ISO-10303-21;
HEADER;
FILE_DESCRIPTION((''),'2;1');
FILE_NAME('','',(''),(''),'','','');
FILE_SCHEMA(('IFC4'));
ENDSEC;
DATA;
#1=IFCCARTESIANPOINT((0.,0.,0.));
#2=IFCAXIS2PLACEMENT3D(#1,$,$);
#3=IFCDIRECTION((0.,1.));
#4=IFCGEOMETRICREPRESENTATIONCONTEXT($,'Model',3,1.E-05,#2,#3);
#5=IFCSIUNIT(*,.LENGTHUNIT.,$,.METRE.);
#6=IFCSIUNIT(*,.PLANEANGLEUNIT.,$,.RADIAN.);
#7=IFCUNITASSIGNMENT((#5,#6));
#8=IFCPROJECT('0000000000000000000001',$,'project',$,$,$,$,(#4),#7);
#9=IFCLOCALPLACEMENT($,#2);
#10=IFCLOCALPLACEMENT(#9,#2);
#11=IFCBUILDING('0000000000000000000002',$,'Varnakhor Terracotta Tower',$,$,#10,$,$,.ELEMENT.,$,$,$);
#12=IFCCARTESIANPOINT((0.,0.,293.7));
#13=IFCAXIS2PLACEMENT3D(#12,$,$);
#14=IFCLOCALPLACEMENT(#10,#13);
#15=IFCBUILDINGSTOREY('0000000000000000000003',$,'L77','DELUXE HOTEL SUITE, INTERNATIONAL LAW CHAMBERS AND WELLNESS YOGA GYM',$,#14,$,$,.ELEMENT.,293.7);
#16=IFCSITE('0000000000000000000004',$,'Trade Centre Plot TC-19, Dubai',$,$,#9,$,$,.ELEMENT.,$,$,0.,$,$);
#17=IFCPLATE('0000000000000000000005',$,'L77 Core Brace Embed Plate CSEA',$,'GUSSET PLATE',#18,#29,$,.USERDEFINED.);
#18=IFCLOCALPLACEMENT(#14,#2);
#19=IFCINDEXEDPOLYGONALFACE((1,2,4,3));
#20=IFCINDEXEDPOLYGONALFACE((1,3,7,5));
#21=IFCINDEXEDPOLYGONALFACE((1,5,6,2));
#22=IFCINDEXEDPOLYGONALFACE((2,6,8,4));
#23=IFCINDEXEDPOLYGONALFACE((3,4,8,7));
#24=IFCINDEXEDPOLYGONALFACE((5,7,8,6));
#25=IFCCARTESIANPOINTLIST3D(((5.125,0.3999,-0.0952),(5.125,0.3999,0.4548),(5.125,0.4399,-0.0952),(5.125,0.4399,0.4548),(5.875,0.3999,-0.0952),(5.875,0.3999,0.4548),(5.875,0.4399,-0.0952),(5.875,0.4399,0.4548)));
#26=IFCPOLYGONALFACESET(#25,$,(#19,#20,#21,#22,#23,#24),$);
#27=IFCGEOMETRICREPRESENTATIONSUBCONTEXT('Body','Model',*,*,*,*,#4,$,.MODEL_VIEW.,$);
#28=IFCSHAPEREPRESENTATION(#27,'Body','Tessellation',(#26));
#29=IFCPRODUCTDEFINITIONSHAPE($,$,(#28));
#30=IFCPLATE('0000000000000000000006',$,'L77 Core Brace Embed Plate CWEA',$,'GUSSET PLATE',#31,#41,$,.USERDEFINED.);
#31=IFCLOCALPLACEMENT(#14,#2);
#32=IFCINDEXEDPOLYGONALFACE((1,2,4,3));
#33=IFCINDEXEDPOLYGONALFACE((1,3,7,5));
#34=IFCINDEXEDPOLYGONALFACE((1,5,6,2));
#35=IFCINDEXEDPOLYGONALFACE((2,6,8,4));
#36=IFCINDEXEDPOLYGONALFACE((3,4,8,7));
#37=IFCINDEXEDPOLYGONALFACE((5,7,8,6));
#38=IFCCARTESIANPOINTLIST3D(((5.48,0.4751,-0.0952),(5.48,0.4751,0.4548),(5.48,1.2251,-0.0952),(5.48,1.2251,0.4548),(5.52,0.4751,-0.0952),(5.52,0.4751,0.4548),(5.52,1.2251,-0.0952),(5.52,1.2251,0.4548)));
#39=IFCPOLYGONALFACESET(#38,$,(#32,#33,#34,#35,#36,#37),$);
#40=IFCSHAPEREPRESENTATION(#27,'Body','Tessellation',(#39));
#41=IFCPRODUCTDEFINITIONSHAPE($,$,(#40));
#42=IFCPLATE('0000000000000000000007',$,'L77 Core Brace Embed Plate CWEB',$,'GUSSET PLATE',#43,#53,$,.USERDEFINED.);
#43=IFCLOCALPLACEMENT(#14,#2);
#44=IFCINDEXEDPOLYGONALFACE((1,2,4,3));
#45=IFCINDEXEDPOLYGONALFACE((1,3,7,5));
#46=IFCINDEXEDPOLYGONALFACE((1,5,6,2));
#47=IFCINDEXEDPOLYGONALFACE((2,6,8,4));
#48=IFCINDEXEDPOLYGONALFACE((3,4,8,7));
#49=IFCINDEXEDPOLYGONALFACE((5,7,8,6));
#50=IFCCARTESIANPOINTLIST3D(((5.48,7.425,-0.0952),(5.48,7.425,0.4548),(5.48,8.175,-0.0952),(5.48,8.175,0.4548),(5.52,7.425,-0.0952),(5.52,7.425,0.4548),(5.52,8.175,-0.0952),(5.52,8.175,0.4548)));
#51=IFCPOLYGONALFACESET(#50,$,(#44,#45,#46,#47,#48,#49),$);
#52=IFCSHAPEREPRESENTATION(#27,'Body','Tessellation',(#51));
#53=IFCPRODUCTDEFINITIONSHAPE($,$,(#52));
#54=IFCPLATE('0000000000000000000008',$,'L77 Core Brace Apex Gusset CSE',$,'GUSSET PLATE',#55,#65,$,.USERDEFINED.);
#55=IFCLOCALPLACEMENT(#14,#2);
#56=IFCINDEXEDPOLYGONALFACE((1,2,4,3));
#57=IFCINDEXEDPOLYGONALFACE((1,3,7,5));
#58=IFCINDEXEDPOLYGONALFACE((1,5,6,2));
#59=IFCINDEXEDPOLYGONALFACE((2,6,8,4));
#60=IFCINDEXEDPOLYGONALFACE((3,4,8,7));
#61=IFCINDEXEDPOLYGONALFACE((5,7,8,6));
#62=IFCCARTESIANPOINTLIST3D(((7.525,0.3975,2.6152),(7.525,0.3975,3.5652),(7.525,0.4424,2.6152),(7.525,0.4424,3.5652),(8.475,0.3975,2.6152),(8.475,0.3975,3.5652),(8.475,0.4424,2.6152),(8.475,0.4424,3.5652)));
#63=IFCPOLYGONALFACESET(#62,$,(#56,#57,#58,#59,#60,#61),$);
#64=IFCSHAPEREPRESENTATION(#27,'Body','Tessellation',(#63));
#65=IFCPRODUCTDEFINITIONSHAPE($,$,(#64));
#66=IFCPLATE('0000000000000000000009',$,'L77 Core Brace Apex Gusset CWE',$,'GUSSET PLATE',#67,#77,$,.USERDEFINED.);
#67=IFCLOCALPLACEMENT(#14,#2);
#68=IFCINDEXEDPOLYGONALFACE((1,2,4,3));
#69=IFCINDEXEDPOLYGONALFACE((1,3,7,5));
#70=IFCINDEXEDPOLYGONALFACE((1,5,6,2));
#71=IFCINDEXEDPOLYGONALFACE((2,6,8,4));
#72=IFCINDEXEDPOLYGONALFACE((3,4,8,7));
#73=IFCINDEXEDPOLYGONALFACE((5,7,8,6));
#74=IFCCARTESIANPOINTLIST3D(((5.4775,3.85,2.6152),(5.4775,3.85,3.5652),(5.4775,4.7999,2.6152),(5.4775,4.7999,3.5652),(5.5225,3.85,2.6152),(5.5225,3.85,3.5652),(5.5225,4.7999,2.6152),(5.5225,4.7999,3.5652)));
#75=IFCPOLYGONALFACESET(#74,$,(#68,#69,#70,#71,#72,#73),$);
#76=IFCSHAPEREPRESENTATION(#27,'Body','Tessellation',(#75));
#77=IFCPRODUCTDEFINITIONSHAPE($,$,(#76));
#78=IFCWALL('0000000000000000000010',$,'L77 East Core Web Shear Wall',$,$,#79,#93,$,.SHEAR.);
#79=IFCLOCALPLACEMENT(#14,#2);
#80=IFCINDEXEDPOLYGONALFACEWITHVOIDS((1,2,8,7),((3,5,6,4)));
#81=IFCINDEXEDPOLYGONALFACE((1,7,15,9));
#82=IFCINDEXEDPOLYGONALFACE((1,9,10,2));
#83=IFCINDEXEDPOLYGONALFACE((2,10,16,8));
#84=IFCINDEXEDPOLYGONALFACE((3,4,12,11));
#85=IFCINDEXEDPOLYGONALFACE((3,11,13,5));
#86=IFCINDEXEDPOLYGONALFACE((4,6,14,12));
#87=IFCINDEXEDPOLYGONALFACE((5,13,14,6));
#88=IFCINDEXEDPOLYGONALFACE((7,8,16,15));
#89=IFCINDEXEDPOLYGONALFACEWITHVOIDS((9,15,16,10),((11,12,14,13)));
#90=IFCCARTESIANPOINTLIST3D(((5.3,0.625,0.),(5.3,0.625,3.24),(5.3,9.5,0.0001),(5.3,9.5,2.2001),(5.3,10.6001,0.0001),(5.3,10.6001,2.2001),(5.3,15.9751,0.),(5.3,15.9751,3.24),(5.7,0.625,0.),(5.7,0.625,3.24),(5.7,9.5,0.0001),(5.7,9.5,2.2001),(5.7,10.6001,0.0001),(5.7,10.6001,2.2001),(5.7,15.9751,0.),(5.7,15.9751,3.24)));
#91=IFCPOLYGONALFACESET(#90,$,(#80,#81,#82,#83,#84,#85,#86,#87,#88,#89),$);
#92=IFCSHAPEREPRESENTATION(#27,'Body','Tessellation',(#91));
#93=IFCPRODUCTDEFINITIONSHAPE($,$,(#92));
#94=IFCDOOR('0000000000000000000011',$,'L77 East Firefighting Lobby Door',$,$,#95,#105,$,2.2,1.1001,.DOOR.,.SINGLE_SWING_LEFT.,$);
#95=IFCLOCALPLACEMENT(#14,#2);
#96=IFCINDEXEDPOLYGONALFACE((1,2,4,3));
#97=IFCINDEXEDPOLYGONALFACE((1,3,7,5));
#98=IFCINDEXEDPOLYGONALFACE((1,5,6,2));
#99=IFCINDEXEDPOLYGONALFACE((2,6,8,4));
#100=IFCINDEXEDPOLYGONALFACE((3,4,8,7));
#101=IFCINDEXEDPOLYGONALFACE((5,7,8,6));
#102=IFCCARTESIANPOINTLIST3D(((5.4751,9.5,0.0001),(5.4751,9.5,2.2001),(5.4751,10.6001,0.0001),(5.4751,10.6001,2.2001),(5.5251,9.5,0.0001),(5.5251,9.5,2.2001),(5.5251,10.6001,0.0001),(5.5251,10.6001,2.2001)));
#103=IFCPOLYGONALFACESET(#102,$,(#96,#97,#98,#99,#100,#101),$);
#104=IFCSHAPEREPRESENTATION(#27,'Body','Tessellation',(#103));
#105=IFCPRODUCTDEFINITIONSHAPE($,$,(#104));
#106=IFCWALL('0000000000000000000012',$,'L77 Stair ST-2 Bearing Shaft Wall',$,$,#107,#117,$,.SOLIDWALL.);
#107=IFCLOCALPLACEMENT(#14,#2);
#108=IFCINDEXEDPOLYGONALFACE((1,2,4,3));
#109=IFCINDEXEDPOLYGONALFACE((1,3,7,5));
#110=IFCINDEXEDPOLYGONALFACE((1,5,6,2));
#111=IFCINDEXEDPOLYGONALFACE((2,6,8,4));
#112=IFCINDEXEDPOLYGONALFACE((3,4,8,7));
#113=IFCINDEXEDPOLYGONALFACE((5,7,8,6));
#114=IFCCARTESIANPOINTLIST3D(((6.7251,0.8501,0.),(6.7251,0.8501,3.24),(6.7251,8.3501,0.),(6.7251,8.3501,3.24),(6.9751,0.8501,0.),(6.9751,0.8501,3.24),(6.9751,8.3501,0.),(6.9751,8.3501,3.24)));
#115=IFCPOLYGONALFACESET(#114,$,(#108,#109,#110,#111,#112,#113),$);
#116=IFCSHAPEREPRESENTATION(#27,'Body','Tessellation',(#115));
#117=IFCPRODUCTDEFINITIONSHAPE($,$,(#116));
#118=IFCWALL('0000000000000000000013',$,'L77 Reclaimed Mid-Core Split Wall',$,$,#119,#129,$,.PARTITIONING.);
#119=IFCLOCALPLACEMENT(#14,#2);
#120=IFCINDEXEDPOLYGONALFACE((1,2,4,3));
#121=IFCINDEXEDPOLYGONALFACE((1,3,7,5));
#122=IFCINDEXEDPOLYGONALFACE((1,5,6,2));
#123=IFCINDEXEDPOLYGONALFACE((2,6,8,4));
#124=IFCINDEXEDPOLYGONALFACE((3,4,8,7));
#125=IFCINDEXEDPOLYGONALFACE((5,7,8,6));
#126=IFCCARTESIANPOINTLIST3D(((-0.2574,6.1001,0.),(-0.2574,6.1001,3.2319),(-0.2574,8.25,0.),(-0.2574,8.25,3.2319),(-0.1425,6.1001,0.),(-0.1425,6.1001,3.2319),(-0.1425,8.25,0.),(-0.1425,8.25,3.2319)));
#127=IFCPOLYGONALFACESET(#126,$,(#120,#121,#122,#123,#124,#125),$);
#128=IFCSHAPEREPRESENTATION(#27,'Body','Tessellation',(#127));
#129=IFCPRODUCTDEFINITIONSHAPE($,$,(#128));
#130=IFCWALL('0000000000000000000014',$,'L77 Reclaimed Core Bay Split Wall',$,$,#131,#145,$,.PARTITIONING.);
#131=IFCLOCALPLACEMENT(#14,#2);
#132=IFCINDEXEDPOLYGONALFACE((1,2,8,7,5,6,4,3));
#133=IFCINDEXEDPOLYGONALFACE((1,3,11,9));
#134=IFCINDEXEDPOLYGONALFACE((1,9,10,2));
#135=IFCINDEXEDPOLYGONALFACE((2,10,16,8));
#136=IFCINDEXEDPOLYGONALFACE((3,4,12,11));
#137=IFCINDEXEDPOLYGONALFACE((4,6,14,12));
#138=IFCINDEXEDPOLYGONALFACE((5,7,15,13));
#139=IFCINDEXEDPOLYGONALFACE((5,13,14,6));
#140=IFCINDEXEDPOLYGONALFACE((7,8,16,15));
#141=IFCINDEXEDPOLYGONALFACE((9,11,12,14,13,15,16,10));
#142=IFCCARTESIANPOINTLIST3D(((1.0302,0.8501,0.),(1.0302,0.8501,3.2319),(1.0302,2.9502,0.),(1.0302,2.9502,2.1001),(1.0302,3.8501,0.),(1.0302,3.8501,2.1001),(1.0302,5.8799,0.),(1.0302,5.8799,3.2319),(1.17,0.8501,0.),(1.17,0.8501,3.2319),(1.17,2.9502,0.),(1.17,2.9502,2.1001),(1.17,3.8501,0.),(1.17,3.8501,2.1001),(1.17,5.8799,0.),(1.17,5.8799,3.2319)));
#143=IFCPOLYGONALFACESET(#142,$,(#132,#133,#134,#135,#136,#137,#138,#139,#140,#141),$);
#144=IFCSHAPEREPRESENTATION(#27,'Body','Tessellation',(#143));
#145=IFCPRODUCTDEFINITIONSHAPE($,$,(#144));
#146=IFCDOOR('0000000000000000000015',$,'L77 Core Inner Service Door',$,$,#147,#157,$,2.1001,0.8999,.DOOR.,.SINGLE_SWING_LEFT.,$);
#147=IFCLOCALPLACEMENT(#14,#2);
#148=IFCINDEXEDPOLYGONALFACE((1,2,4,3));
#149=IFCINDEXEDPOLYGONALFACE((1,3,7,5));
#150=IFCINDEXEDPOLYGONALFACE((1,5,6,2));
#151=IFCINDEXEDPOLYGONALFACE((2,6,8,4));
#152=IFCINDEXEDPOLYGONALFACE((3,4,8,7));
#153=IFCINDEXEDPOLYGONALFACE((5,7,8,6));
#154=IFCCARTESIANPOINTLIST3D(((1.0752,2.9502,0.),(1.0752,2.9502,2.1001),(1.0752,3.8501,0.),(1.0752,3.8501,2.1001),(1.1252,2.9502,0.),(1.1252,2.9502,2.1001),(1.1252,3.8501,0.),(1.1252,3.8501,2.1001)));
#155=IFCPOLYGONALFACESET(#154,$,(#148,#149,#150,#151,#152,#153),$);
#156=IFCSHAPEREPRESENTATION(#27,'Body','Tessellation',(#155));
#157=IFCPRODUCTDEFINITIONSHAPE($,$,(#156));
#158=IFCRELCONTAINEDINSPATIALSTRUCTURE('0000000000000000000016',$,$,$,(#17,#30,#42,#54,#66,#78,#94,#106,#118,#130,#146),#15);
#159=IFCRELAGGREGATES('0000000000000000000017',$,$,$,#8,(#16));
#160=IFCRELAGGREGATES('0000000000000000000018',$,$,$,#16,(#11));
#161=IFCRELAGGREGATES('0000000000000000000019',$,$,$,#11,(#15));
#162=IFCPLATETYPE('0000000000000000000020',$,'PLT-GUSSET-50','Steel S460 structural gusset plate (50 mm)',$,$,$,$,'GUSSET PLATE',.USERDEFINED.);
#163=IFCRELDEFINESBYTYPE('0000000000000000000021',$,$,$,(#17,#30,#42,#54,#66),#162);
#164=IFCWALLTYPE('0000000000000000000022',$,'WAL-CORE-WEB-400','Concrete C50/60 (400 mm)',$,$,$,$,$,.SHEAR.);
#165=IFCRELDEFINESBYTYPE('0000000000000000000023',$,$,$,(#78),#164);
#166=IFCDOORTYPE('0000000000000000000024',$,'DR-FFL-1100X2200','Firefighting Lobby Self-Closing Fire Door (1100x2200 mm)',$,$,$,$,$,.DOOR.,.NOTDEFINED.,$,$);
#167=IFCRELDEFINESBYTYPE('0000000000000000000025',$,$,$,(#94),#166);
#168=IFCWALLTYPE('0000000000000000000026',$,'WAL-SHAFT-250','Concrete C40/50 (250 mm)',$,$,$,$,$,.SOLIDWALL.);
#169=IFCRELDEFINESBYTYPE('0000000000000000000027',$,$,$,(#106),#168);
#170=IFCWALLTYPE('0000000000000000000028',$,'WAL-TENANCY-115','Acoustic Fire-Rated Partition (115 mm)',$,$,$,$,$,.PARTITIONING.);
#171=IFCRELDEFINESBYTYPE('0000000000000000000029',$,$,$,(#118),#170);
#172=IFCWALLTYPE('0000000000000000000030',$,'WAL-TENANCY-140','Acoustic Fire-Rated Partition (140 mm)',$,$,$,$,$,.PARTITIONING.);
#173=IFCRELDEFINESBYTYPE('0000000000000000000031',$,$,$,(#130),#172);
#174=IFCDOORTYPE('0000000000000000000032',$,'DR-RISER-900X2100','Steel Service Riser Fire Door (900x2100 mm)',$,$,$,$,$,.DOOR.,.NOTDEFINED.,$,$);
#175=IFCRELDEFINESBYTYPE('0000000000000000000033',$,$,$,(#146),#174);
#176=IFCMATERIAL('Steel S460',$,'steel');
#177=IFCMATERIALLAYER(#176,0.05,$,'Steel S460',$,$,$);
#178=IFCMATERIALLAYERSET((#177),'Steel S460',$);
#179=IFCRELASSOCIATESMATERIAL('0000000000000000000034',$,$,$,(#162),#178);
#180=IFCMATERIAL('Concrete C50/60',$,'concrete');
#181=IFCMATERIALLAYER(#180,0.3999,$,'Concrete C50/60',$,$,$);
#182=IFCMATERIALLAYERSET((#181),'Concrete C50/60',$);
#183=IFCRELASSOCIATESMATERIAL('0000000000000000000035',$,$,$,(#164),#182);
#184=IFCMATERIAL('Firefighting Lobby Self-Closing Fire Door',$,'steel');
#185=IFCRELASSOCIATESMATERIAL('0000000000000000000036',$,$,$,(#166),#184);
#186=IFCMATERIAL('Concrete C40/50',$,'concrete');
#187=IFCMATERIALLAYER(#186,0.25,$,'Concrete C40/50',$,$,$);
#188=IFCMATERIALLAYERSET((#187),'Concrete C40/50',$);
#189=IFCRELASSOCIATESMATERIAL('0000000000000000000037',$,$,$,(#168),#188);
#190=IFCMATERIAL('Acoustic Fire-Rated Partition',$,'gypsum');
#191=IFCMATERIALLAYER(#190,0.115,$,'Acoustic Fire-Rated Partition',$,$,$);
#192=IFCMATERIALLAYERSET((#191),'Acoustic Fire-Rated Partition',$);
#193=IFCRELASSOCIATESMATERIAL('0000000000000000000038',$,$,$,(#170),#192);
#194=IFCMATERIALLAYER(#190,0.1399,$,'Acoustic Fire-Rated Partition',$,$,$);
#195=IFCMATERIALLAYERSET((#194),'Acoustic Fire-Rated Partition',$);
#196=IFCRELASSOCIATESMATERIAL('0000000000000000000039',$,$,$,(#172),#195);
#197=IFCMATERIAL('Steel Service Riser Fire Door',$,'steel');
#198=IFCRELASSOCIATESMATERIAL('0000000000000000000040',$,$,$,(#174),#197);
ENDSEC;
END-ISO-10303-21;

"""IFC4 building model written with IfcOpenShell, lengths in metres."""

from ifc_helpers import new_model, si_unit, direction, frame, frame_2d, origin, origin_2d, place, context, subcontext, project, spatial, rectangle, extrude, source, transform, mapped, material, layer, layer_set, type_object, type_shapes, element, fill, save


model = new_model("IFC4")

# Units and contexts
model_context = context("Model", 3, precision=1e-05, world=origin(), true_north=direction((0.0, 1.0)))
body_context = subcontext(model_context, "Body", "Model", "MODEL_VIEW")
ifc_project = project(units=[si_unit("LENGTHUNIT", "METRE"), si_unit("PLANEANGLEUNIT", "RADIAN")], contexts=[model_context])

# Site, building, storey
site_placement = place(None, origin())
site = spatial("IfcSite", under=ifc_project, at=site_placement, Name="Trade Centre Plot TC-19, Dubai", CompositionType="ELEMENT", RefElevation=0.0)
building_placement = place(site_placement, origin())
building = spatial("IfcBuilding", under=site, at=building_placement, Name="Varnakhor Terracotta Tower", CompositionType="ELEMENT")
storey_placement = place(building_placement, frame((0.0, 0.0, 293.7)))
storey = spatial("IfcBuildingStorey", under=building, at=storey_placement, Name="L77", Description="DELUXE HOTEL SUITE, INTERNATIONAL LAW CHAMBERS AND WELLNESS YOGA GYM", CompositionType="ELEMENT", Elevation=293.7)

# Shared definitions
ifc_material_1 = material(Name="Concrete C50/60", Category="concrete")

# Shared definitions
ifc_material_2 = material(Name="Concrete C40/50", Category="concrete")

# Plates
ifc_material_3 = material(Name="Steel S460", Category="steel")
ifc_layer_1 = layer(ifc_material_3, 0.05, Name="Steel S460")
ifc_layer_set_1 = layer_set([ifc_layer_1], Name="Steel S460")
plate_type = type_object("IfcPlateType", Name="PLT-GUSSET-50", Description="Steel S460 structural gusset plate (50 mm)", ElementType="GUSSET PLATE", PredefinedType="USERDEFINED", material=ifc_layer_set_1)
shared_shape_1 = source(origin(), body_context, "Body", "SweptSolid", [
    extrude(rectangle(XDim=0.75, YDim=0.04, at=origin_2d()), origin(), (0.0, 0.0, 1.0), 0.55),
])
type_shapes(plate_type, [shared_shape_1])
for number, where, z_axis, x_axis, name in (
    (1, (5.5, 0.4199, -0.0952), (0.0, 0.0, 1.0), (1.0, 0.0, 0.0), "L77 Core Brace Embed Plate CSEA"),
    (2, (5.5, 0.8501, -0.0952), (0.0, 0.0, 1.0), (0.0, 1.0, 0.0), "L77 Core Brace Embed Plate CWEA"),
    (3, (5.5, 7.8, -0.0952), (0.0, 0.0, 1.0), (0.0, 1.0, 0.0), "L77 Core Brace Embed Plate CWEB"),
):
    element("IfcPlate", number, at=place(storey_placement, frame(where, z_axis=z_axis, x_axis=x_axis)), inside=storey, type_object=plate_type, Name=name, ObjectType="GUSSET PLATE", PredefinedType="USERDEFINED", context=body_context, shape_type="MappedRepresentation", body=[
        mapped(shared_shape_1, transform((0.0, 0.0, 0.0), scale=1.0)),
    ])
shared_shape_2 = source(origin(), body_context, "Body", "SweptSolid", [
    extrude(rectangle(XDim=0.95, YDim=0.0449, at=origin_2d()), origin(), (0.0, 0.0, 1.0), 0.95),
])
for number, where, z_axis, x_axis, name in (
    (4, (8.0, 0.4199, 2.6152), (0.0, 0.0, 1.0), (1.0, 0.0, 0.0), "L77 Core Brace Apex Gusset CSE"),
    (5, (5.5, 4.325, 2.6152), (0.0, 0.0, 1.0), (0.0, 1.0, 0.0), "L77 Core Brace Apex Gusset CWE"),
):
    element("IfcPlate", number, at=place(storey_placement, frame(where, z_axis=z_axis, x_axis=x_axis)), inside=storey, type_object=plate_type, Name=name, ObjectType="GUSSET PLATE", PredefinedType="USERDEFINED", context=body_context, shape_type="MappedRepresentation", body=[
        mapped(shared_shape_2, transform((0.0, 0.0, 0.0), scale=1.0)),
    ])

# Wall, opening, door
ifc_layer_2 = layer(ifc_material_1, 0.3999, Name="Concrete C50/60")
ifc_layer_set_2 = layer_set([ifc_layer_2], Name="Concrete C50/60")
wall_type_1 = type_object("IfcWallType", Name="WAL-CORE-WEB-400", Description="Concrete C50/60 (400 mm)", PredefinedType="SHEAR", material=ifc_layer_set_2)
wall_1_placement = place(storey_placement, frame((5.5, 0.625, 0.0), z_axis=(0.0, 0.0, 1.0), x_axis=(0.0, 1.0, 0.0)))
wall_1 = element("IfcWall", 6, at=wall_1_placement, inside=storey, type_object=wall_type_1, Name="L77 East Core Web Shear Wall", PredefinedType="SHEAR", context=body_context, shape_type="SweptSolid", body=[
    extrude(rectangle(XDim=15.3501, YDim=0.3999, at=frame_2d((7.675, 0.0))), origin(), (0.0, 0.0, 1.0), 3.24),
])
opening_1_placement = place(wall_1_placement, frame((8.875, 0.0, 0.0)))
opening_1 = element("IfcOpeningElement", 7, at=opening_1_placement, cuts=wall_1, PredefinedType="OPENING", context=body_context, shape_type="SweptSolid", body=[
    extrude(rectangle(XDim=1.1001, YDim=2.2, at=frame_2d((0.55, 1.1001))), frame((0.0, 0.21, 0.0), z_axis=(0.0, -1.0, 0.0), x_axis=(1.0, 0.0, 0.0)), (0.0, 0.0, 1.0), 0.4199),
])
ifc_material_4 = material(Name="Firefighting Lobby Self-Closing Fire Door", Category="steel")
door_type_1 = type_object("IfcDoorType", Name="DR-FFL-1100X2200", Description="Firefighting Lobby Self-Closing Fire Door (1100x2200 mm)", OperationType="NOTDEFINED", PredefinedType="DOOR", material=ifc_material_4)
shared_shape_3 = source(origin(), body_context, "Body", "SweptSolid", [
    extrude(rectangle(XDim=1.1001, YDim=2.2, at=frame_2d((0.55, 1.1001))), frame((0.0, 0.0249, 0.0), z_axis=(0.0, -1.0, 0.0), x_axis=(1.0, 0.0, 0.0)), (0.0, 0.0, 1.0), 0.05),
])
type_shapes(door_type_1, [shared_shape_3])
door_1_placement = place(opening_1_placement, origin())
door_1 = element("IfcDoor", 8, at=door_1_placement, inside=storey, type_object=door_type_1, Name="L77 East Firefighting Lobby Door", OperationType="SINGLE_SWING_LEFT", OverallHeight=2.2, OverallWidth=1.1001, PredefinedType="DOOR", context=body_context, shape_type="MappedRepresentation", body=[
    mapped(shared_shape_3, transform((0.0, 0.0, 0.0), scale=1.0)),
])
fill(opening_1, door_1)

# Walls
ifc_layer_3 = layer(ifc_material_2, 0.25, Name="Concrete C40/50")
ifc_layer_set_3 = layer_set([ifc_layer_3], Name="Concrete C40/50")
wall_type_2 = type_object("IfcWallType", Name="WAL-SHAFT-250", Description="Concrete C40/50 (250 mm)", PredefinedType="SOLIDWALL", material=ifc_layer_set_3)
wall_2_placement = place(storey_placement, frame((6.8501, 0.8501, 0.0), z_axis=(0.0, 0.0, 1.0), x_axis=(0.0, 1.0, 0.0)))
element("IfcWall", 9, at=wall_2_placement, inside=storey, type_object=wall_type_2, Name="L77 Stair ST-2 Bearing Shaft Wall", PredefinedType="SOLIDWALL", context=body_context, shape_type="SweptSolid", body=[
    extrude(rectangle(XDim=7.5, YDim=0.25, at=frame_2d((3.75, 0.0))), origin(), (0.0, 0.0, 1.0), 3.24),
])
ifc_material_5 = material(Name="Acoustic Fire-Rated Partition", Category="gypsum")
ifc_layer_4 = layer(ifc_material_5, 0.115, Name="Acoustic Fire-Rated Partition")
ifc_layer_set_4 = layer_set([ifc_layer_4], Name="Acoustic Fire-Rated Partition")
wall_type_3 = type_object("IfcWallType", Name="WAL-TENANCY-115", Description="Acoustic Fire-Rated Partition (115 mm)", PredefinedType="PARTITIONING", material=ifc_layer_set_4)
wall_3_placement = place(storey_placement, frame((-0.2, 6.1001, 0.0), z_axis=(0.0, 0.0, 1.0), x_axis=(0.0, 1.0, 0.0)))
element("IfcWall", 10, at=wall_3_placement, inside=storey, type_object=wall_type_3, Name="L77 Reclaimed Mid-Core Split Wall", PredefinedType="PARTITIONING", context=body_context, shape_type="SweptSolid", body=[
    extrude(rectangle(XDim=2.1499, YDim=0.115, at=frame_2d((1.075, 0.0))), origin(), (0.0, 0.0, 1.0), 3.2319),
])

# Wall, opening, door
ifc_layer_5 = layer(ifc_material_5, 0.1399, Name="Acoustic Fire-Rated Partition")
ifc_layer_set_5 = layer_set([ifc_layer_5], Name="Acoustic Fire-Rated Partition")
wall_type_4 = type_object("IfcWallType", Name="WAL-TENANCY-140", Description="Acoustic Fire-Rated Partition (140 mm)", PredefinedType="PARTITIONING", material=ifc_layer_set_5)
wall_4_placement = place(storey_placement, frame((1.1001, 0.8501, 0.0), z_axis=(0.0, 0.0, 1.0), x_axis=(0.0, 1.0, 0.0)))
wall_4 = element("IfcWall", 11, at=wall_4_placement, inside=storey, type_object=wall_type_4, Name="L77 Reclaimed Core Bay Split Wall", PredefinedType="PARTITIONING", context=body_context, shape_type="SweptSolid", body=[
    extrude(rectangle(XDim=5.0298, YDim=0.1399, at=frame_2d((2.5149, 0.0))), origin(), (0.0, 0.0, 1.0), 3.2319),
])
opening_2_placement = place(wall_4_placement, frame((2.1001, 0.0, 0.0)))
opening_2 = element("IfcOpeningElement", 12, at=opening_2_placement, cuts=wall_4, PredefinedType="OPENING", context=body_context, shape_type="SweptSolid", body=[
    extrude(rectangle(XDim=0.8999, YDim=2.1001, at=frame_2d((0.45, 1.05))), frame((0.0, 0.0801, 0.0), z_axis=(0.0, -1.0, 0.0), x_axis=(1.0, 0.0, 0.0)), (0.0, 0.0, 1.0), 0.1599),
])
ifc_material_6 = material(Name="Steel Service Riser Fire Door", Category="steel")
door_type_2 = type_object("IfcDoorType", Name="DR-RISER-900X2100", Description="Steel Service Riser Fire Door (900x2100 mm)", OperationType="NOTDEFINED", PredefinedType="DOOR", material=ifc_material_6)
shared_shape_4 = source(origin(), body_context, "Body", "SweptSolid", [
    extrude(rectangle(XDim=0.8999, YDim=2.1001, at=frame_2d((0.45, 1.05))), frame((0.0, 0.0249, 0.0), z_axis=(0.0, -1.0, 0.0), x_axis=(1.0, 0.0, 0.0)), (0.0, 0.0, 1.0), 0.05),
])
type_shapes(door_type_2, [shared_shape_4])
door_2_placement = place(opening_2_placement, origin())
door_2 = element("IfcDoor", 13, at=door_2_placement, inside=storey, type_object=door_type_2, Name="L77 Core Inner Service Door", OperationType="SINGLE_SWING_LEFT", OverallHeight=2.1001, OverallWidth=0.8999, PredefinedType="DOOR", context=body_context, shape_type="MappedRepresentation", body=[
    mapped(shared_shape_4, transform((0.0, 0.0, 0.0), scale=1.0)),
])
fill(opening_2, door_2)

save(model, "model.ifc")
